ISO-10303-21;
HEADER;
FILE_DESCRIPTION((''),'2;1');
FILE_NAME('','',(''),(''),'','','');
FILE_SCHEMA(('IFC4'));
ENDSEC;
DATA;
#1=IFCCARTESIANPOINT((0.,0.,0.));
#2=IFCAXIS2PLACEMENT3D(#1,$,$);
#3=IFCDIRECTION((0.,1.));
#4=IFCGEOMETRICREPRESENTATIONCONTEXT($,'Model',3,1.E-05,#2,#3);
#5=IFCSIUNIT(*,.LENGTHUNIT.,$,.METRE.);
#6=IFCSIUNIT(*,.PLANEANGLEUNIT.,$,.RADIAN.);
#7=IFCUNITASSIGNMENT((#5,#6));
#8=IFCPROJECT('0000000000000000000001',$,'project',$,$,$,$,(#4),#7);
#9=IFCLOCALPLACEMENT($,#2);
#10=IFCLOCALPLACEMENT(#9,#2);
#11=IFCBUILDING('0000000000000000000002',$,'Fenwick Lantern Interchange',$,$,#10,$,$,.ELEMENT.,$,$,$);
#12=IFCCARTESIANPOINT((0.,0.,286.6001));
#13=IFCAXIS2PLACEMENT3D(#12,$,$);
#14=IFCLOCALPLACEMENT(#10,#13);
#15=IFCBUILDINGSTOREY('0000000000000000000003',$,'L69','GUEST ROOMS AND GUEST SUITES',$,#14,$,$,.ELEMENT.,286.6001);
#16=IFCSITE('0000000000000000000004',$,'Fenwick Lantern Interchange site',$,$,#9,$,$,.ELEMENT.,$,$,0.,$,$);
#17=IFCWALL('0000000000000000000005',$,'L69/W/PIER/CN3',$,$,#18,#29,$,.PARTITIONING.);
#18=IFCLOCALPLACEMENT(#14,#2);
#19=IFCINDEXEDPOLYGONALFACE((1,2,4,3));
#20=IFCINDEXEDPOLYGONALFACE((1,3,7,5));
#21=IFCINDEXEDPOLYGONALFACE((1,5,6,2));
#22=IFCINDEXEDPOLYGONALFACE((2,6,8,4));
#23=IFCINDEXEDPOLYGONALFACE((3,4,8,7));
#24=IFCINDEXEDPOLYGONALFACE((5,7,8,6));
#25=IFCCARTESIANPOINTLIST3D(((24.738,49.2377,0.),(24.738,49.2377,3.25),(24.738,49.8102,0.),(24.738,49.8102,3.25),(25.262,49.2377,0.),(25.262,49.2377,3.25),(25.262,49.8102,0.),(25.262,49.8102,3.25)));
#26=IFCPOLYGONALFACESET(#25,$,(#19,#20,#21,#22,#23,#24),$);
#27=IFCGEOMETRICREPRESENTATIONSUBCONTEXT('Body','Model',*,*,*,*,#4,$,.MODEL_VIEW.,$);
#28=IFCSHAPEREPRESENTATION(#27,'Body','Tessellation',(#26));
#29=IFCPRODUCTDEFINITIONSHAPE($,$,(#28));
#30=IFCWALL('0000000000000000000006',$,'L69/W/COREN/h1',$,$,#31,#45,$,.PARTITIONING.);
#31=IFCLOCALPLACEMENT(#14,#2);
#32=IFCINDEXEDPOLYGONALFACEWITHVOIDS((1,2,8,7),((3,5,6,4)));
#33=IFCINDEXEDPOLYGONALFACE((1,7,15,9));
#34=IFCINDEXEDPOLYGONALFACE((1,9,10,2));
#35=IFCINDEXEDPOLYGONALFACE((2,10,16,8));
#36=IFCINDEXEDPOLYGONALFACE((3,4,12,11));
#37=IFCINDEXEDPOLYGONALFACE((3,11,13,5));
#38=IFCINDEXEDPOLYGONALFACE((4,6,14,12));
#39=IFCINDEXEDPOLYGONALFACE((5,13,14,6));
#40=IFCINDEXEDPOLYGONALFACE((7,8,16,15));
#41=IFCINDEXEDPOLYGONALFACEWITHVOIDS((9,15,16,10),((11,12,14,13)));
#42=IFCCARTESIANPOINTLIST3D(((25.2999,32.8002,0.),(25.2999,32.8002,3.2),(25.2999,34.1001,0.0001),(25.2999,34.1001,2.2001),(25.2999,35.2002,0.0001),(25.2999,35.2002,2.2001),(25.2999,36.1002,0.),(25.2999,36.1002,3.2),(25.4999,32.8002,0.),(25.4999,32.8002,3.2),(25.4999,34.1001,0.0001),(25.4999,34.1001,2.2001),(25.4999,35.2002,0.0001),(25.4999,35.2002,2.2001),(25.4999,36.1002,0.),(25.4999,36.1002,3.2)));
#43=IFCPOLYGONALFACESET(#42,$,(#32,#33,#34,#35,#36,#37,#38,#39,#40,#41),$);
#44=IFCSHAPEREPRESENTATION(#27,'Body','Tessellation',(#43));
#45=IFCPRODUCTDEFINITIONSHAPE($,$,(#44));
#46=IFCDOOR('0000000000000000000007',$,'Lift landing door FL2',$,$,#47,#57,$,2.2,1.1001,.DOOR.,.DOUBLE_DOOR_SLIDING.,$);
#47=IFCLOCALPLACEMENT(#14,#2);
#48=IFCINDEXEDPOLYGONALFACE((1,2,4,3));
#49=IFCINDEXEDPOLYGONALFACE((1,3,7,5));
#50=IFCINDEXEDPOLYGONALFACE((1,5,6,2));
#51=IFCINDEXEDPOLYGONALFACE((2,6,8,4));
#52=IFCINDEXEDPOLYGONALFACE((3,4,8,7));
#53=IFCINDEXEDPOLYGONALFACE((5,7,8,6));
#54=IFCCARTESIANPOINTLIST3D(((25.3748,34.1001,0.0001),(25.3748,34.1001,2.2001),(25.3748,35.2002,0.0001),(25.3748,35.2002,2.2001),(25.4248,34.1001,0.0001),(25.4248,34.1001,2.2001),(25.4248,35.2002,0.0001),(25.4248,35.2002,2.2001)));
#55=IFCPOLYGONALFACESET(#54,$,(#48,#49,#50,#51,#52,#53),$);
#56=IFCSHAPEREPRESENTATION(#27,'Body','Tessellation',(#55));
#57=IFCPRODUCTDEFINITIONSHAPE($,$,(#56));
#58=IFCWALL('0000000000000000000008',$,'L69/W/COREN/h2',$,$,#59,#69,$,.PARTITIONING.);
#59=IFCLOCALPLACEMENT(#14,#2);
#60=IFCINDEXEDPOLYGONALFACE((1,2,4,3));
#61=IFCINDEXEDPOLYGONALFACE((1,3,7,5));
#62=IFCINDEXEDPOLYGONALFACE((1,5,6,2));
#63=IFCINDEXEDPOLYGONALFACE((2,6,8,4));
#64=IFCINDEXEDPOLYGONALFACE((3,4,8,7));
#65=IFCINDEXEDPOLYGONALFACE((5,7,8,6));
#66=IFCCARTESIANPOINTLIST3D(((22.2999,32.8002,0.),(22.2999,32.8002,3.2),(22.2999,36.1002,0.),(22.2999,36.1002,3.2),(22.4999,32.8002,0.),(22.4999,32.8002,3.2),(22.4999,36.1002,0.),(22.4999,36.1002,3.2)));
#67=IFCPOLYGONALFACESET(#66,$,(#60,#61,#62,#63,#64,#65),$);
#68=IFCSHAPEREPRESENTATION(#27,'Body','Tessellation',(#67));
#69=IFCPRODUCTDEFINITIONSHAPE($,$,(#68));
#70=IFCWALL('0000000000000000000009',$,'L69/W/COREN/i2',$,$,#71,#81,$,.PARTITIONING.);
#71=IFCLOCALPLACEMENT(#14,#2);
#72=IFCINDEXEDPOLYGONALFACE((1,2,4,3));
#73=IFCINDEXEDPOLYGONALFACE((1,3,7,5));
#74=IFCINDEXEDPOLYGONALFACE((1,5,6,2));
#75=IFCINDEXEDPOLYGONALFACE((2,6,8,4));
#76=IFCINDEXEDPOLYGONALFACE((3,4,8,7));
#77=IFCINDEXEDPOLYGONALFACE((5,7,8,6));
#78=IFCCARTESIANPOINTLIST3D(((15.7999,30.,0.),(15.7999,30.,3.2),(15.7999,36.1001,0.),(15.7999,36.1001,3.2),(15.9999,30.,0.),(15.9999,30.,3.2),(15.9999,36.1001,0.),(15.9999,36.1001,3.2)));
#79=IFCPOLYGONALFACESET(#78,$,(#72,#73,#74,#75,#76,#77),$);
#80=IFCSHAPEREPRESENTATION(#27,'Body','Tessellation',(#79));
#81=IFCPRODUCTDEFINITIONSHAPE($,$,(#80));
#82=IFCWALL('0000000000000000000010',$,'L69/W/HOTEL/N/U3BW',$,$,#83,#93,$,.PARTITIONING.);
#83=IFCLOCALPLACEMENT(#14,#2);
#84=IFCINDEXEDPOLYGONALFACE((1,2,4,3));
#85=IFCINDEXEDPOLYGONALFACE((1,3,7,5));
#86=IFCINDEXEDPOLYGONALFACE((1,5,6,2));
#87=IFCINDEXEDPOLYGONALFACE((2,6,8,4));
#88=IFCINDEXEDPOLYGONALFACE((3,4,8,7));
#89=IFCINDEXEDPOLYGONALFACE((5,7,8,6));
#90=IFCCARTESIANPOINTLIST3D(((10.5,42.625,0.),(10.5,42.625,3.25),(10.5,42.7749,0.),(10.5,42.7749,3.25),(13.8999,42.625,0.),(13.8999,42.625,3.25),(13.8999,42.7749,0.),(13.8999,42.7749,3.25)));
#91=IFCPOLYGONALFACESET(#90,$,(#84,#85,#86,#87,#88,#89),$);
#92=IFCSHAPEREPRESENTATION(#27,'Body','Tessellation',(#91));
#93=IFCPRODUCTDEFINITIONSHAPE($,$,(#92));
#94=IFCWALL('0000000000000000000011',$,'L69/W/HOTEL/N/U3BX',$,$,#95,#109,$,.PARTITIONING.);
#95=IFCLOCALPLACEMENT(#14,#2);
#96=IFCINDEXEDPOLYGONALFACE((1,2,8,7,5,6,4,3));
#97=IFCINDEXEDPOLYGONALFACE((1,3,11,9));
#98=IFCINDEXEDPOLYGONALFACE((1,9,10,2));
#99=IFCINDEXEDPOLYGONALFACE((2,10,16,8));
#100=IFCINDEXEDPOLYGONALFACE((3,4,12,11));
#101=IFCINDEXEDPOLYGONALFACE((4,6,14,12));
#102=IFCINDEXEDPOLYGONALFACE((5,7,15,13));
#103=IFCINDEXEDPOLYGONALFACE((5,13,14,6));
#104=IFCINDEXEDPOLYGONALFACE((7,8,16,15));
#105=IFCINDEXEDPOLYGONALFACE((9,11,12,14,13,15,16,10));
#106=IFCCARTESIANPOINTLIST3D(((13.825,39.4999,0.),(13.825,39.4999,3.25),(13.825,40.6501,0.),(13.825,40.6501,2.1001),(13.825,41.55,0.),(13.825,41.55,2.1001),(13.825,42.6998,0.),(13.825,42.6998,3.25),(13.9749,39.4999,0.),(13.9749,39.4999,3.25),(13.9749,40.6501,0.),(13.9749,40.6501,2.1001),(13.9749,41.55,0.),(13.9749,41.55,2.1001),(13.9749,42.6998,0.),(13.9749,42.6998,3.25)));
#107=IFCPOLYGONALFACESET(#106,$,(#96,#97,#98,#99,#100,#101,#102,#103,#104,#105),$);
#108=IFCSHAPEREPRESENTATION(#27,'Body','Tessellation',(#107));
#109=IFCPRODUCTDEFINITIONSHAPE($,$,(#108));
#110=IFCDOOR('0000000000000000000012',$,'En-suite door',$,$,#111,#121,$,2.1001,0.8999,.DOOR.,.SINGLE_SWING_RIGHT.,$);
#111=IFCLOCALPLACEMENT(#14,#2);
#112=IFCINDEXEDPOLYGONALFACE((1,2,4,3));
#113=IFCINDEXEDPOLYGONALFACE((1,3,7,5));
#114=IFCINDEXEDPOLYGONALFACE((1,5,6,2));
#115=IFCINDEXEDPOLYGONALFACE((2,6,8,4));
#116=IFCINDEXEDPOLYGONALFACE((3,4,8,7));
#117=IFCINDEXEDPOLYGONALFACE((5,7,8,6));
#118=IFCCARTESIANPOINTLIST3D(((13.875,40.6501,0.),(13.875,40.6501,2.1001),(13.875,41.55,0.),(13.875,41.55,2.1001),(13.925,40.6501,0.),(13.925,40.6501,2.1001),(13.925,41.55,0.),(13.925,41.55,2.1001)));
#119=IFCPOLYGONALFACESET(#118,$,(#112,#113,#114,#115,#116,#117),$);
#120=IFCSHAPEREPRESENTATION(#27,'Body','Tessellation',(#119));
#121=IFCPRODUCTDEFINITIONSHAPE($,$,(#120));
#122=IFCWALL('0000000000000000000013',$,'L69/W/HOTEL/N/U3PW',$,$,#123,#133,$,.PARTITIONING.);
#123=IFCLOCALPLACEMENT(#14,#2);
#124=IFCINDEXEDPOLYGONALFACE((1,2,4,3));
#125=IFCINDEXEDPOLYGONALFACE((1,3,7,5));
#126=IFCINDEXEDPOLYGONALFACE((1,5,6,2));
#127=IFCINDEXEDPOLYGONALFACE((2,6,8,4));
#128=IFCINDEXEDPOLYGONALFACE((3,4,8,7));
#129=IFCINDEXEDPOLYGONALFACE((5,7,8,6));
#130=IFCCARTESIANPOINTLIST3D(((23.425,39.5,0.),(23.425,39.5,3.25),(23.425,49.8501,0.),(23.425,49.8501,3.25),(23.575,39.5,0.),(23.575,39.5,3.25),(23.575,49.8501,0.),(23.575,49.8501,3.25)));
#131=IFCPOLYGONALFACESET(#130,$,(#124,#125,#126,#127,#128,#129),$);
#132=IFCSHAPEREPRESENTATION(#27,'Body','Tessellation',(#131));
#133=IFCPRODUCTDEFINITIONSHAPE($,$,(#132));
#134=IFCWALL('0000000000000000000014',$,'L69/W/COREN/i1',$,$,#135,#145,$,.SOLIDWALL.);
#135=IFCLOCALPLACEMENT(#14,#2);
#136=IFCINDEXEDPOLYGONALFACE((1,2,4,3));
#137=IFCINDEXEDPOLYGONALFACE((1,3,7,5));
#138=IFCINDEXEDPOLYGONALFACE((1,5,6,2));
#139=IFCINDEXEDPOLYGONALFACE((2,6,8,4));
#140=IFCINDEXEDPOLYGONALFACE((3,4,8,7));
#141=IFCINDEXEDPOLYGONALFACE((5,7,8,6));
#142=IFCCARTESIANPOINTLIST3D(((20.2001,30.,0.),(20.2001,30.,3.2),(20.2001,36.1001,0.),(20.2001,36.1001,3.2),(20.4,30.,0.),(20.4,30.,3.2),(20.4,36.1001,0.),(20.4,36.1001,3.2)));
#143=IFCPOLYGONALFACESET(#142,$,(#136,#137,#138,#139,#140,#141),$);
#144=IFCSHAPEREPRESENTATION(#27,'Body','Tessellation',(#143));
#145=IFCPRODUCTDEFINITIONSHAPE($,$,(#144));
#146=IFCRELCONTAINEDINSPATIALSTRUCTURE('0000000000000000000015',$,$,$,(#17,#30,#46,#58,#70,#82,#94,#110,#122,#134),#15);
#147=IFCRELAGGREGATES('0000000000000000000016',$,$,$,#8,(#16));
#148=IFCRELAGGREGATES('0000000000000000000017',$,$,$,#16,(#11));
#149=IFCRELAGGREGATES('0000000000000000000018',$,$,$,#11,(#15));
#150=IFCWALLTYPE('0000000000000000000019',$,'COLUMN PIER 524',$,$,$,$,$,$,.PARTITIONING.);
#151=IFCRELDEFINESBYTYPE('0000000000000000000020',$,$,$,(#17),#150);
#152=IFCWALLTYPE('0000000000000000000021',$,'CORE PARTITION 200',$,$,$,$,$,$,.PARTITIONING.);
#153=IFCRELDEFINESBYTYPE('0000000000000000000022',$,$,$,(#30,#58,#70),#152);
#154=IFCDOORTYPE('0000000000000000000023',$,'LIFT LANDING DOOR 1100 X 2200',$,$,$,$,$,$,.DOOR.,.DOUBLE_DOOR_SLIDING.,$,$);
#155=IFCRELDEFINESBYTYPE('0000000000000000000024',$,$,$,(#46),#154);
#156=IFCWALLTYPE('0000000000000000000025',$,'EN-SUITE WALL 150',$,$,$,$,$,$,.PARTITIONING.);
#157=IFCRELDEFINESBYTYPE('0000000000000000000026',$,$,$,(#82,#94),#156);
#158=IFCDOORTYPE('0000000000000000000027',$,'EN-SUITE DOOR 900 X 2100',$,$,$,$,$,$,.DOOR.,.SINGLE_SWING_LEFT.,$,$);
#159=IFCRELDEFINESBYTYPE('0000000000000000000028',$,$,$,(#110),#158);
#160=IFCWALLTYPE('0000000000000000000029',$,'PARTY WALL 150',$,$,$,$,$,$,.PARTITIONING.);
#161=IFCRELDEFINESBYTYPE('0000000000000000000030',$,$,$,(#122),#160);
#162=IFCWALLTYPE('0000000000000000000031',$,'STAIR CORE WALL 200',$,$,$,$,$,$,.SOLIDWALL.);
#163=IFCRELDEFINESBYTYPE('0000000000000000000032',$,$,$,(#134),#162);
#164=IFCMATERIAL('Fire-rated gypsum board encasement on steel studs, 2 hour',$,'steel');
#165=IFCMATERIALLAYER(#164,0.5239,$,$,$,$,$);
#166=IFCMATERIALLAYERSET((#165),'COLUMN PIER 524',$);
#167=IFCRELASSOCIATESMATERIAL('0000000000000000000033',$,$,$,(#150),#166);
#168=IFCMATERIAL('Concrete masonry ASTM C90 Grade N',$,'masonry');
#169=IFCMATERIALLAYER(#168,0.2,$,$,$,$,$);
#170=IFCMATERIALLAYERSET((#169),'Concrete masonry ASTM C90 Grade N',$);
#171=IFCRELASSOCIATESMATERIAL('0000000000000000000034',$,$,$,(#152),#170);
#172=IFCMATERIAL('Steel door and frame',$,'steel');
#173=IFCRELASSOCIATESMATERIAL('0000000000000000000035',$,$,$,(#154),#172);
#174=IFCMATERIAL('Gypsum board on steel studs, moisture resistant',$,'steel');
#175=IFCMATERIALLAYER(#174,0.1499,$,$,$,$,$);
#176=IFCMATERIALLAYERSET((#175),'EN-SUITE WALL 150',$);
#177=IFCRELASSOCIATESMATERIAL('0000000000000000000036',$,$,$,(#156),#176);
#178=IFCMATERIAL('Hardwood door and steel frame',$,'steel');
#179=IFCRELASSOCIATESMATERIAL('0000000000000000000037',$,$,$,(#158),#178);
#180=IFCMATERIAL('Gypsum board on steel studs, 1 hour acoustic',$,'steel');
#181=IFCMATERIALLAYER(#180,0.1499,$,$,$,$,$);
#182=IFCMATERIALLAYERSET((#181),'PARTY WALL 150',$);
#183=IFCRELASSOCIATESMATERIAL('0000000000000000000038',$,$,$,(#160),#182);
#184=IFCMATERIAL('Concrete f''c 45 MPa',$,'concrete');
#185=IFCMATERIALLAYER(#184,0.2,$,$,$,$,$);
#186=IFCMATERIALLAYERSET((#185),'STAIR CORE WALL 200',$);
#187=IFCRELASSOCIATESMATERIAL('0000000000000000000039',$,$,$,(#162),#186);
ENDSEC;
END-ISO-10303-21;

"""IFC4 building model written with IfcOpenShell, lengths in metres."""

from ifc_helpers import new_model, si_unit, direction, frame, frame_2d, origin, place, context, subcontext, project, spatial, rectangle, extrude, material, layer, layer_set, type_object, element, fill, save


model = new_model("IFC4")

# Units and contexts
model_context = context("Model", 3, precision=1e-05, world=origin(), true_north=direction((0.0, 1.0)))
body_context = subcontext(model_context, "Body", "Model", "MODEL_VIEW")
ifc_project = project(units=[si_unit("LENGTHUNIT", "METRE"), si_unit("PLANEANGLEUNIT", "RADIAN")], contexts=[model_context])

# Site, building, storey
site_placement = place(None, origin())
site = spatial("IfcSite", under=ifc_project, at=site_placement, Name="Fenwick Lantern Interchange site", CompositionType="ELEMENT", RefElevation=0.0)
building_placement = place(site_placement, origin())
building = spatial("IfcBuilding", under=site, at=building_placement, Name="Fenwick Lantern Interchange", CompositionType="ELEMENT")
storey_placement = place(building_placement, frame((0.0, 0.0, 286.6001)))
storey = spatial("IfcBuildingStorey", under=building, at=storey_placement, Name="L69", Description="GUEST ROOMS AND GUEST SUITES", CompositionType="ELEMENT", Elevation=286.6001)

# Wall
ifc_material_1 = material(Name="Fire-rated gypsum board encasement on steel studs, 2 hour", Category="steel")
ifc_layer_1 = layer(ifc_material_1, 0.5239)
ifc_layer_set_1 = layer_set([ifc_layer_1], Name="COLUMN PIER 524")
wall_type_1 = type_object("IfcWallType", Name="COLUMN PIER 524", PredefinedType="PARTITIONING", material=ifc_layer_set_1)
wall_1_placement = place(storey_placement, frame((25.0, 49.8101, 0.0), z_axis=(0.0, 0.0, 1.0), x_axis=(0.0, -1.0, 0.0)))
element("IfcWall", 1, at=wall_1_placement, inside=storey, type_object=wall_type_1, Name="L69/W/PIER/CN3", PredefinedType="PARTITIONING", context=body_context, shape_type="SweptSolid", body=[
    extrude(rectangle(XDim=0.5725, YDim=0.5239, at=frame_2d((0.2861, 0.0))), origin(), (0.0, 0.0, 1.0), 3.25),
])

# Wall, opening, door
ifc_material_2 = material(Name="Concrete masonry ASTM C90 Grade N", Category="masonry")
ifc_layer_2 = layer(ifc_material_2, 0.2)
ifc_layer_set_2 = layer_set([ifc_layer_2], Name="Concrete masonry ASTM C90 Grade N")
wall_type_2 = type_object("IfcWallType", Name="CORE PARTITION 200", PredefinedType="PARTITIONING", material=ifc_layer_set_2)
wall_2_placement = place(storey_placement, frame((25.3999, 36.1001, 0.0), z_axis=(0.0, 0.0, 1.0), x_axis=(0.0, -1.0, 0.0)))
wall_2 = element("IfcWall", 2, at=wall_2_placement, inside=storey, type_object=wall_type_2, Name="L69/W/COREN/h1", PredefinedType="PARTITIONING", context=body_context, shape_type="SweptSolid", body=[
    extrude(rectangle(XDim=3.3, YDim=0.2, at=frame_2d((1.6499, 0.0))), origin(), (0.0, 0.0, 1.0), 3.2),
])
opening_1_placement = place(wall_2_placement, frame((0.8999, 0.0, 0.0)))
opening_1 = element("IfcOpeningElement", 3, at=opening_1_placement, cuts=wall_2, PredefinedType="OPENING", context=body_context, shape_type="SweptSolid", body=[
    extrude(rectangle(XDim=1.1001, YDim=2.2, at=frame_2d((0.55, 1.1001))), frame((0.0, 0.1099, 0.0), z_axis=(0.0, -1.0, 0.0), x_axis=(1.0, 0.0, 0.0)), (0.0, 0.0, 1.0), 0.22),
])
ifc_material_3 = material(Name="Steel door and frame", Category="steel")
door_type_1 = type_object("IfcDoorType", Name="LIFT LANDING DOOR 1100 X 2200", OperationType="DOUBLE_DOOR_SLIDING", PredefinedType="DOOR", material=ifc_material_3)
door_1_placement = place(opening_1_placement, origin())
door_1 = element("IfcDoor", 4, at=door_1_placement, inside=storey, type_object=door_type_1, Name="Lift landing door FL2", OperationType="DOUBLE_DOOR_SLIDING", OverallHeight=2.2, OverallWidth=1.1001, PredefinedType="DOOR", context=body_context, shape_type="SweptSolid", body=[
    extrude(rectangle(XDim=1.1001, YDim=2.2, at=frame_2d((0.55, 1.1001))), frame((0.0, 0.0249, 0.0), z_axis=(0.0, -1.0, 0.0), x_axis=(1.0, 0.0, 0.0)), (0.0, 0.0, 1.0), 0.05),
])
fill(opening_1, door_1)

# Walls
wall_3_placement = place(storey_placement, frame((22.3999, 36.1001, 0.0), z_axis=(0.0, 0.0, 1.0), x_axis=(0.0, -1.0, 0.0)))
element("IfcWall", 5, at=wall_3_placement, inside=storey, type_object=wall_type_2, Name="L69/W/COREN/h2", PredefinedType="PARTITIONING", context=body_context, shape_type="SweptSolid", body=[
    extrude(rectangle(XDim=3.3, YDim=0.2, at=frame_2d((1.6499, 0.0))), origin(), (0.0, 0.0, 1.0), 3.2),
])
wall_4_placement = place(storey_placement, frame((15.8999, 36.1001, 0.0), z_axis=(0.0, 0.0, 1.0), x_axis=(0.0, -1.0, 0.0)))
element("IfcWall", 6, at=wall_4_placement, inside=storey, type_object=wall_type_2, Name="L69/W/COREN/i2", PredefinedType="PARTITIONING", context=body_context, shape_type="SweptSolid", body=[
    extrude(rectangle(XDim=6.1001, YDim=0.2, at=frame_2d((3.05, 0.0))), origin(), (0.0, 0.0, 1.0), 3.2),
])

# Shared definitions
ifc_material_4 = material(Name="Hardwood door and steel frame", Category="steel")

# Wall
ifc_material_5 = material(Name="Gypsum board on steel studs, moisture resistant", Category="steel")
ifc_layer_3 = layer(ifc_material_5, 0.1499)
ifc_layer_set_3 = layer_set([ifc_layer_3], Name="EN-SUITE WALL 150")
wall_type_3 = type_object("IfcWallType", Name="EN-SUITE WALL 150", PredefinedType="PARTITIONING", material=ifc_layer_set_3)
wall_5_placement = place(storey_placement, frame((13.8999, 42.7, 0.0), z_axis=(0.0, 0.0, 1.0), x_axis=(-1.0, 0.0, 0.0)))
element("IfcWall", 7, at=wall_5_placement, inside=storey, type_object=wall_type_3, Name="L69/W/HOTEL/N/U3BW", PredefinedType="PARTITIONING", context=body_context, shape_type="SweptSolid", body=[
    extrude(rectangle(XDim=3.3999, YDim=0.1499, at=frame_2d((1.7, 0.0))), origin(), (0.0, 0.0, 1.0), 3.25),
])

# Wall, opening, door
wall_6_placement = place(storey_placement, frame((13.8999, 42.7, 0.0), z_axis=(0.0, 0.0, 1.0), x_axis=(0.0, -1.0, 0.0)))
wall_6 = element("IfcWall", 8, at=wall_6_placement, inside=storey, type_object=wall_type_3, Name="L69/W/HOTEL/N/U3BX", PredefinedType="PARTITIONING", context=body_context, shape_type="SweptSolid", body=[
    extrude(rectangle(XDim=3.2, YDim=0.1499, at=frame_2d((1.6001, 0.0))), origin(), (0.0, 0.0, 1.0), 3.25),
])
opening_2_placement = place(wall_6_placement, frame((1.1499, 0.0, 0.0)))
opening_2 = element("IfcOpeningElement", 9, at=opening_2_placement, cuts=wall_6, PredefinedType="OPENING", context=body_context, shape_type="SweptSolid", body=[
    extrude(rectangle(XDim=0.8999, YDim=2.1001, at=frame_2d((0.45, 1.05))), frame((0.0, 0.085, 0.0), z_axis=(0.0, -1.0, 0.0), x_axis=(1.0, 0.0, 0.0)), (0.0, 0.0, 1.0), 0.1699),
])
door_type_2 = type_object("IfcDoorType", Name="EN-SUITE DOOR 900 X 2100", OperationType="SINGLE_SWING_LEFT", PredefinedType="DOOR", material=ifc_material_4)
door_2_placement = place(opening_2_placement, frame((0.8999, 0.0, 0.0), z_axis=(0.0, 0.0, 1.0), x_axis=(-1.0, 0.0, 0.0)))
door_2 = element("IfcDoor", 10, at=door_2_placement, inside=storey, type_object=door_type_2, Name="En-suite door", OperationType="SINGLE_SWING_RIGHT", OverallHeight=2.1001, OverallWidth=0.8999, PredefinedType="DOOR", context=body_context, shape_type="SweptSolid", body=[
    extrude(rectangle(XDim=0.8999, YDim=2.1001, at=frame_2d((0.45, 1.05))), frame((0.0, 0.0249, 0.0), z_axis=(0.0, -1.0, 0.0), x_axis=(1.0, 0.0, 0.0)), (0.0, 0.0, 1.0), 0.05),
])
fill(opening_2, door_2)

# Walls
ifc_material_6 = material(Name="Gypsum board on steel studs, 1 hour acoustic", Category="steel")
ifc_layer_4 = layer(ifc_material_6, 0.1499)
ifc_layer_set_4 = layer_set([ifc_layer_4], Name="PARTY WALL 150")
wall_type_4 = type_object("IfcWallType", Name="PARTY WALL 150", PredefinedType="PARTITIONING", material=ifc_layer_set_4)
wall_7_placement = place(storey_placement, frame((23.5, 49.8501, 0.0), z_axis=(0.0, 0.0, 1.0), x_axis=(0.0, -1.0, 0.0)))
element("IfcWall", 11, at=wall_7_placement, inside=storey, type_object=wall_type_4, Name="L69/W/HOTEL/N/U3PW", PredefinedType="PARTITIONING", context=body_context, shape_type="SweptSolid", body=[
    extrude(rectangle(XDim=10.3501, YDim=0.1499, at=frame_2d((5.175, 0.0))), origin(), (0.0, 0.0, 1.0), 3.25),
])
ifc_material_7 = material(Name="Concrete f'c 45 MPa", Category="concrete")
ifc_layer_5 = layer(ifc_material_7, 0.2)
ifc_layer_set_5 = layer_set([ifc_layer_5], Name="STAIR CORE WALL 200")
wall_type_5 = type_object("IfcWallType", Name="STAIR CORE WALL 200", PredefinedType="SOLIDWALL", material=ifc_layer_set_5)
wall_8_placement = place(storey_placement, frame((20.3, 36.1001, 0.0), z_axis=(0.0, 0.0, 1.0), x_axis=(0.0, -1.0, 0.0)))
element("IfcWall", 12, at=wall_8_placement, inside=storey, type_object=wall_type_5, Name="L69/W/COREN/i1", PredefinedType="SOLIDWALL", context=body_context, shape_type="SweptSolid", body=[
    extrude(rectangle(XDim=6.1001, YDim=0.2, at=frame_2d((3.05, 0.0))), origin(), (0.0, 0.0, 1.0), 3.2),
])

save(model, "model.ifc")
